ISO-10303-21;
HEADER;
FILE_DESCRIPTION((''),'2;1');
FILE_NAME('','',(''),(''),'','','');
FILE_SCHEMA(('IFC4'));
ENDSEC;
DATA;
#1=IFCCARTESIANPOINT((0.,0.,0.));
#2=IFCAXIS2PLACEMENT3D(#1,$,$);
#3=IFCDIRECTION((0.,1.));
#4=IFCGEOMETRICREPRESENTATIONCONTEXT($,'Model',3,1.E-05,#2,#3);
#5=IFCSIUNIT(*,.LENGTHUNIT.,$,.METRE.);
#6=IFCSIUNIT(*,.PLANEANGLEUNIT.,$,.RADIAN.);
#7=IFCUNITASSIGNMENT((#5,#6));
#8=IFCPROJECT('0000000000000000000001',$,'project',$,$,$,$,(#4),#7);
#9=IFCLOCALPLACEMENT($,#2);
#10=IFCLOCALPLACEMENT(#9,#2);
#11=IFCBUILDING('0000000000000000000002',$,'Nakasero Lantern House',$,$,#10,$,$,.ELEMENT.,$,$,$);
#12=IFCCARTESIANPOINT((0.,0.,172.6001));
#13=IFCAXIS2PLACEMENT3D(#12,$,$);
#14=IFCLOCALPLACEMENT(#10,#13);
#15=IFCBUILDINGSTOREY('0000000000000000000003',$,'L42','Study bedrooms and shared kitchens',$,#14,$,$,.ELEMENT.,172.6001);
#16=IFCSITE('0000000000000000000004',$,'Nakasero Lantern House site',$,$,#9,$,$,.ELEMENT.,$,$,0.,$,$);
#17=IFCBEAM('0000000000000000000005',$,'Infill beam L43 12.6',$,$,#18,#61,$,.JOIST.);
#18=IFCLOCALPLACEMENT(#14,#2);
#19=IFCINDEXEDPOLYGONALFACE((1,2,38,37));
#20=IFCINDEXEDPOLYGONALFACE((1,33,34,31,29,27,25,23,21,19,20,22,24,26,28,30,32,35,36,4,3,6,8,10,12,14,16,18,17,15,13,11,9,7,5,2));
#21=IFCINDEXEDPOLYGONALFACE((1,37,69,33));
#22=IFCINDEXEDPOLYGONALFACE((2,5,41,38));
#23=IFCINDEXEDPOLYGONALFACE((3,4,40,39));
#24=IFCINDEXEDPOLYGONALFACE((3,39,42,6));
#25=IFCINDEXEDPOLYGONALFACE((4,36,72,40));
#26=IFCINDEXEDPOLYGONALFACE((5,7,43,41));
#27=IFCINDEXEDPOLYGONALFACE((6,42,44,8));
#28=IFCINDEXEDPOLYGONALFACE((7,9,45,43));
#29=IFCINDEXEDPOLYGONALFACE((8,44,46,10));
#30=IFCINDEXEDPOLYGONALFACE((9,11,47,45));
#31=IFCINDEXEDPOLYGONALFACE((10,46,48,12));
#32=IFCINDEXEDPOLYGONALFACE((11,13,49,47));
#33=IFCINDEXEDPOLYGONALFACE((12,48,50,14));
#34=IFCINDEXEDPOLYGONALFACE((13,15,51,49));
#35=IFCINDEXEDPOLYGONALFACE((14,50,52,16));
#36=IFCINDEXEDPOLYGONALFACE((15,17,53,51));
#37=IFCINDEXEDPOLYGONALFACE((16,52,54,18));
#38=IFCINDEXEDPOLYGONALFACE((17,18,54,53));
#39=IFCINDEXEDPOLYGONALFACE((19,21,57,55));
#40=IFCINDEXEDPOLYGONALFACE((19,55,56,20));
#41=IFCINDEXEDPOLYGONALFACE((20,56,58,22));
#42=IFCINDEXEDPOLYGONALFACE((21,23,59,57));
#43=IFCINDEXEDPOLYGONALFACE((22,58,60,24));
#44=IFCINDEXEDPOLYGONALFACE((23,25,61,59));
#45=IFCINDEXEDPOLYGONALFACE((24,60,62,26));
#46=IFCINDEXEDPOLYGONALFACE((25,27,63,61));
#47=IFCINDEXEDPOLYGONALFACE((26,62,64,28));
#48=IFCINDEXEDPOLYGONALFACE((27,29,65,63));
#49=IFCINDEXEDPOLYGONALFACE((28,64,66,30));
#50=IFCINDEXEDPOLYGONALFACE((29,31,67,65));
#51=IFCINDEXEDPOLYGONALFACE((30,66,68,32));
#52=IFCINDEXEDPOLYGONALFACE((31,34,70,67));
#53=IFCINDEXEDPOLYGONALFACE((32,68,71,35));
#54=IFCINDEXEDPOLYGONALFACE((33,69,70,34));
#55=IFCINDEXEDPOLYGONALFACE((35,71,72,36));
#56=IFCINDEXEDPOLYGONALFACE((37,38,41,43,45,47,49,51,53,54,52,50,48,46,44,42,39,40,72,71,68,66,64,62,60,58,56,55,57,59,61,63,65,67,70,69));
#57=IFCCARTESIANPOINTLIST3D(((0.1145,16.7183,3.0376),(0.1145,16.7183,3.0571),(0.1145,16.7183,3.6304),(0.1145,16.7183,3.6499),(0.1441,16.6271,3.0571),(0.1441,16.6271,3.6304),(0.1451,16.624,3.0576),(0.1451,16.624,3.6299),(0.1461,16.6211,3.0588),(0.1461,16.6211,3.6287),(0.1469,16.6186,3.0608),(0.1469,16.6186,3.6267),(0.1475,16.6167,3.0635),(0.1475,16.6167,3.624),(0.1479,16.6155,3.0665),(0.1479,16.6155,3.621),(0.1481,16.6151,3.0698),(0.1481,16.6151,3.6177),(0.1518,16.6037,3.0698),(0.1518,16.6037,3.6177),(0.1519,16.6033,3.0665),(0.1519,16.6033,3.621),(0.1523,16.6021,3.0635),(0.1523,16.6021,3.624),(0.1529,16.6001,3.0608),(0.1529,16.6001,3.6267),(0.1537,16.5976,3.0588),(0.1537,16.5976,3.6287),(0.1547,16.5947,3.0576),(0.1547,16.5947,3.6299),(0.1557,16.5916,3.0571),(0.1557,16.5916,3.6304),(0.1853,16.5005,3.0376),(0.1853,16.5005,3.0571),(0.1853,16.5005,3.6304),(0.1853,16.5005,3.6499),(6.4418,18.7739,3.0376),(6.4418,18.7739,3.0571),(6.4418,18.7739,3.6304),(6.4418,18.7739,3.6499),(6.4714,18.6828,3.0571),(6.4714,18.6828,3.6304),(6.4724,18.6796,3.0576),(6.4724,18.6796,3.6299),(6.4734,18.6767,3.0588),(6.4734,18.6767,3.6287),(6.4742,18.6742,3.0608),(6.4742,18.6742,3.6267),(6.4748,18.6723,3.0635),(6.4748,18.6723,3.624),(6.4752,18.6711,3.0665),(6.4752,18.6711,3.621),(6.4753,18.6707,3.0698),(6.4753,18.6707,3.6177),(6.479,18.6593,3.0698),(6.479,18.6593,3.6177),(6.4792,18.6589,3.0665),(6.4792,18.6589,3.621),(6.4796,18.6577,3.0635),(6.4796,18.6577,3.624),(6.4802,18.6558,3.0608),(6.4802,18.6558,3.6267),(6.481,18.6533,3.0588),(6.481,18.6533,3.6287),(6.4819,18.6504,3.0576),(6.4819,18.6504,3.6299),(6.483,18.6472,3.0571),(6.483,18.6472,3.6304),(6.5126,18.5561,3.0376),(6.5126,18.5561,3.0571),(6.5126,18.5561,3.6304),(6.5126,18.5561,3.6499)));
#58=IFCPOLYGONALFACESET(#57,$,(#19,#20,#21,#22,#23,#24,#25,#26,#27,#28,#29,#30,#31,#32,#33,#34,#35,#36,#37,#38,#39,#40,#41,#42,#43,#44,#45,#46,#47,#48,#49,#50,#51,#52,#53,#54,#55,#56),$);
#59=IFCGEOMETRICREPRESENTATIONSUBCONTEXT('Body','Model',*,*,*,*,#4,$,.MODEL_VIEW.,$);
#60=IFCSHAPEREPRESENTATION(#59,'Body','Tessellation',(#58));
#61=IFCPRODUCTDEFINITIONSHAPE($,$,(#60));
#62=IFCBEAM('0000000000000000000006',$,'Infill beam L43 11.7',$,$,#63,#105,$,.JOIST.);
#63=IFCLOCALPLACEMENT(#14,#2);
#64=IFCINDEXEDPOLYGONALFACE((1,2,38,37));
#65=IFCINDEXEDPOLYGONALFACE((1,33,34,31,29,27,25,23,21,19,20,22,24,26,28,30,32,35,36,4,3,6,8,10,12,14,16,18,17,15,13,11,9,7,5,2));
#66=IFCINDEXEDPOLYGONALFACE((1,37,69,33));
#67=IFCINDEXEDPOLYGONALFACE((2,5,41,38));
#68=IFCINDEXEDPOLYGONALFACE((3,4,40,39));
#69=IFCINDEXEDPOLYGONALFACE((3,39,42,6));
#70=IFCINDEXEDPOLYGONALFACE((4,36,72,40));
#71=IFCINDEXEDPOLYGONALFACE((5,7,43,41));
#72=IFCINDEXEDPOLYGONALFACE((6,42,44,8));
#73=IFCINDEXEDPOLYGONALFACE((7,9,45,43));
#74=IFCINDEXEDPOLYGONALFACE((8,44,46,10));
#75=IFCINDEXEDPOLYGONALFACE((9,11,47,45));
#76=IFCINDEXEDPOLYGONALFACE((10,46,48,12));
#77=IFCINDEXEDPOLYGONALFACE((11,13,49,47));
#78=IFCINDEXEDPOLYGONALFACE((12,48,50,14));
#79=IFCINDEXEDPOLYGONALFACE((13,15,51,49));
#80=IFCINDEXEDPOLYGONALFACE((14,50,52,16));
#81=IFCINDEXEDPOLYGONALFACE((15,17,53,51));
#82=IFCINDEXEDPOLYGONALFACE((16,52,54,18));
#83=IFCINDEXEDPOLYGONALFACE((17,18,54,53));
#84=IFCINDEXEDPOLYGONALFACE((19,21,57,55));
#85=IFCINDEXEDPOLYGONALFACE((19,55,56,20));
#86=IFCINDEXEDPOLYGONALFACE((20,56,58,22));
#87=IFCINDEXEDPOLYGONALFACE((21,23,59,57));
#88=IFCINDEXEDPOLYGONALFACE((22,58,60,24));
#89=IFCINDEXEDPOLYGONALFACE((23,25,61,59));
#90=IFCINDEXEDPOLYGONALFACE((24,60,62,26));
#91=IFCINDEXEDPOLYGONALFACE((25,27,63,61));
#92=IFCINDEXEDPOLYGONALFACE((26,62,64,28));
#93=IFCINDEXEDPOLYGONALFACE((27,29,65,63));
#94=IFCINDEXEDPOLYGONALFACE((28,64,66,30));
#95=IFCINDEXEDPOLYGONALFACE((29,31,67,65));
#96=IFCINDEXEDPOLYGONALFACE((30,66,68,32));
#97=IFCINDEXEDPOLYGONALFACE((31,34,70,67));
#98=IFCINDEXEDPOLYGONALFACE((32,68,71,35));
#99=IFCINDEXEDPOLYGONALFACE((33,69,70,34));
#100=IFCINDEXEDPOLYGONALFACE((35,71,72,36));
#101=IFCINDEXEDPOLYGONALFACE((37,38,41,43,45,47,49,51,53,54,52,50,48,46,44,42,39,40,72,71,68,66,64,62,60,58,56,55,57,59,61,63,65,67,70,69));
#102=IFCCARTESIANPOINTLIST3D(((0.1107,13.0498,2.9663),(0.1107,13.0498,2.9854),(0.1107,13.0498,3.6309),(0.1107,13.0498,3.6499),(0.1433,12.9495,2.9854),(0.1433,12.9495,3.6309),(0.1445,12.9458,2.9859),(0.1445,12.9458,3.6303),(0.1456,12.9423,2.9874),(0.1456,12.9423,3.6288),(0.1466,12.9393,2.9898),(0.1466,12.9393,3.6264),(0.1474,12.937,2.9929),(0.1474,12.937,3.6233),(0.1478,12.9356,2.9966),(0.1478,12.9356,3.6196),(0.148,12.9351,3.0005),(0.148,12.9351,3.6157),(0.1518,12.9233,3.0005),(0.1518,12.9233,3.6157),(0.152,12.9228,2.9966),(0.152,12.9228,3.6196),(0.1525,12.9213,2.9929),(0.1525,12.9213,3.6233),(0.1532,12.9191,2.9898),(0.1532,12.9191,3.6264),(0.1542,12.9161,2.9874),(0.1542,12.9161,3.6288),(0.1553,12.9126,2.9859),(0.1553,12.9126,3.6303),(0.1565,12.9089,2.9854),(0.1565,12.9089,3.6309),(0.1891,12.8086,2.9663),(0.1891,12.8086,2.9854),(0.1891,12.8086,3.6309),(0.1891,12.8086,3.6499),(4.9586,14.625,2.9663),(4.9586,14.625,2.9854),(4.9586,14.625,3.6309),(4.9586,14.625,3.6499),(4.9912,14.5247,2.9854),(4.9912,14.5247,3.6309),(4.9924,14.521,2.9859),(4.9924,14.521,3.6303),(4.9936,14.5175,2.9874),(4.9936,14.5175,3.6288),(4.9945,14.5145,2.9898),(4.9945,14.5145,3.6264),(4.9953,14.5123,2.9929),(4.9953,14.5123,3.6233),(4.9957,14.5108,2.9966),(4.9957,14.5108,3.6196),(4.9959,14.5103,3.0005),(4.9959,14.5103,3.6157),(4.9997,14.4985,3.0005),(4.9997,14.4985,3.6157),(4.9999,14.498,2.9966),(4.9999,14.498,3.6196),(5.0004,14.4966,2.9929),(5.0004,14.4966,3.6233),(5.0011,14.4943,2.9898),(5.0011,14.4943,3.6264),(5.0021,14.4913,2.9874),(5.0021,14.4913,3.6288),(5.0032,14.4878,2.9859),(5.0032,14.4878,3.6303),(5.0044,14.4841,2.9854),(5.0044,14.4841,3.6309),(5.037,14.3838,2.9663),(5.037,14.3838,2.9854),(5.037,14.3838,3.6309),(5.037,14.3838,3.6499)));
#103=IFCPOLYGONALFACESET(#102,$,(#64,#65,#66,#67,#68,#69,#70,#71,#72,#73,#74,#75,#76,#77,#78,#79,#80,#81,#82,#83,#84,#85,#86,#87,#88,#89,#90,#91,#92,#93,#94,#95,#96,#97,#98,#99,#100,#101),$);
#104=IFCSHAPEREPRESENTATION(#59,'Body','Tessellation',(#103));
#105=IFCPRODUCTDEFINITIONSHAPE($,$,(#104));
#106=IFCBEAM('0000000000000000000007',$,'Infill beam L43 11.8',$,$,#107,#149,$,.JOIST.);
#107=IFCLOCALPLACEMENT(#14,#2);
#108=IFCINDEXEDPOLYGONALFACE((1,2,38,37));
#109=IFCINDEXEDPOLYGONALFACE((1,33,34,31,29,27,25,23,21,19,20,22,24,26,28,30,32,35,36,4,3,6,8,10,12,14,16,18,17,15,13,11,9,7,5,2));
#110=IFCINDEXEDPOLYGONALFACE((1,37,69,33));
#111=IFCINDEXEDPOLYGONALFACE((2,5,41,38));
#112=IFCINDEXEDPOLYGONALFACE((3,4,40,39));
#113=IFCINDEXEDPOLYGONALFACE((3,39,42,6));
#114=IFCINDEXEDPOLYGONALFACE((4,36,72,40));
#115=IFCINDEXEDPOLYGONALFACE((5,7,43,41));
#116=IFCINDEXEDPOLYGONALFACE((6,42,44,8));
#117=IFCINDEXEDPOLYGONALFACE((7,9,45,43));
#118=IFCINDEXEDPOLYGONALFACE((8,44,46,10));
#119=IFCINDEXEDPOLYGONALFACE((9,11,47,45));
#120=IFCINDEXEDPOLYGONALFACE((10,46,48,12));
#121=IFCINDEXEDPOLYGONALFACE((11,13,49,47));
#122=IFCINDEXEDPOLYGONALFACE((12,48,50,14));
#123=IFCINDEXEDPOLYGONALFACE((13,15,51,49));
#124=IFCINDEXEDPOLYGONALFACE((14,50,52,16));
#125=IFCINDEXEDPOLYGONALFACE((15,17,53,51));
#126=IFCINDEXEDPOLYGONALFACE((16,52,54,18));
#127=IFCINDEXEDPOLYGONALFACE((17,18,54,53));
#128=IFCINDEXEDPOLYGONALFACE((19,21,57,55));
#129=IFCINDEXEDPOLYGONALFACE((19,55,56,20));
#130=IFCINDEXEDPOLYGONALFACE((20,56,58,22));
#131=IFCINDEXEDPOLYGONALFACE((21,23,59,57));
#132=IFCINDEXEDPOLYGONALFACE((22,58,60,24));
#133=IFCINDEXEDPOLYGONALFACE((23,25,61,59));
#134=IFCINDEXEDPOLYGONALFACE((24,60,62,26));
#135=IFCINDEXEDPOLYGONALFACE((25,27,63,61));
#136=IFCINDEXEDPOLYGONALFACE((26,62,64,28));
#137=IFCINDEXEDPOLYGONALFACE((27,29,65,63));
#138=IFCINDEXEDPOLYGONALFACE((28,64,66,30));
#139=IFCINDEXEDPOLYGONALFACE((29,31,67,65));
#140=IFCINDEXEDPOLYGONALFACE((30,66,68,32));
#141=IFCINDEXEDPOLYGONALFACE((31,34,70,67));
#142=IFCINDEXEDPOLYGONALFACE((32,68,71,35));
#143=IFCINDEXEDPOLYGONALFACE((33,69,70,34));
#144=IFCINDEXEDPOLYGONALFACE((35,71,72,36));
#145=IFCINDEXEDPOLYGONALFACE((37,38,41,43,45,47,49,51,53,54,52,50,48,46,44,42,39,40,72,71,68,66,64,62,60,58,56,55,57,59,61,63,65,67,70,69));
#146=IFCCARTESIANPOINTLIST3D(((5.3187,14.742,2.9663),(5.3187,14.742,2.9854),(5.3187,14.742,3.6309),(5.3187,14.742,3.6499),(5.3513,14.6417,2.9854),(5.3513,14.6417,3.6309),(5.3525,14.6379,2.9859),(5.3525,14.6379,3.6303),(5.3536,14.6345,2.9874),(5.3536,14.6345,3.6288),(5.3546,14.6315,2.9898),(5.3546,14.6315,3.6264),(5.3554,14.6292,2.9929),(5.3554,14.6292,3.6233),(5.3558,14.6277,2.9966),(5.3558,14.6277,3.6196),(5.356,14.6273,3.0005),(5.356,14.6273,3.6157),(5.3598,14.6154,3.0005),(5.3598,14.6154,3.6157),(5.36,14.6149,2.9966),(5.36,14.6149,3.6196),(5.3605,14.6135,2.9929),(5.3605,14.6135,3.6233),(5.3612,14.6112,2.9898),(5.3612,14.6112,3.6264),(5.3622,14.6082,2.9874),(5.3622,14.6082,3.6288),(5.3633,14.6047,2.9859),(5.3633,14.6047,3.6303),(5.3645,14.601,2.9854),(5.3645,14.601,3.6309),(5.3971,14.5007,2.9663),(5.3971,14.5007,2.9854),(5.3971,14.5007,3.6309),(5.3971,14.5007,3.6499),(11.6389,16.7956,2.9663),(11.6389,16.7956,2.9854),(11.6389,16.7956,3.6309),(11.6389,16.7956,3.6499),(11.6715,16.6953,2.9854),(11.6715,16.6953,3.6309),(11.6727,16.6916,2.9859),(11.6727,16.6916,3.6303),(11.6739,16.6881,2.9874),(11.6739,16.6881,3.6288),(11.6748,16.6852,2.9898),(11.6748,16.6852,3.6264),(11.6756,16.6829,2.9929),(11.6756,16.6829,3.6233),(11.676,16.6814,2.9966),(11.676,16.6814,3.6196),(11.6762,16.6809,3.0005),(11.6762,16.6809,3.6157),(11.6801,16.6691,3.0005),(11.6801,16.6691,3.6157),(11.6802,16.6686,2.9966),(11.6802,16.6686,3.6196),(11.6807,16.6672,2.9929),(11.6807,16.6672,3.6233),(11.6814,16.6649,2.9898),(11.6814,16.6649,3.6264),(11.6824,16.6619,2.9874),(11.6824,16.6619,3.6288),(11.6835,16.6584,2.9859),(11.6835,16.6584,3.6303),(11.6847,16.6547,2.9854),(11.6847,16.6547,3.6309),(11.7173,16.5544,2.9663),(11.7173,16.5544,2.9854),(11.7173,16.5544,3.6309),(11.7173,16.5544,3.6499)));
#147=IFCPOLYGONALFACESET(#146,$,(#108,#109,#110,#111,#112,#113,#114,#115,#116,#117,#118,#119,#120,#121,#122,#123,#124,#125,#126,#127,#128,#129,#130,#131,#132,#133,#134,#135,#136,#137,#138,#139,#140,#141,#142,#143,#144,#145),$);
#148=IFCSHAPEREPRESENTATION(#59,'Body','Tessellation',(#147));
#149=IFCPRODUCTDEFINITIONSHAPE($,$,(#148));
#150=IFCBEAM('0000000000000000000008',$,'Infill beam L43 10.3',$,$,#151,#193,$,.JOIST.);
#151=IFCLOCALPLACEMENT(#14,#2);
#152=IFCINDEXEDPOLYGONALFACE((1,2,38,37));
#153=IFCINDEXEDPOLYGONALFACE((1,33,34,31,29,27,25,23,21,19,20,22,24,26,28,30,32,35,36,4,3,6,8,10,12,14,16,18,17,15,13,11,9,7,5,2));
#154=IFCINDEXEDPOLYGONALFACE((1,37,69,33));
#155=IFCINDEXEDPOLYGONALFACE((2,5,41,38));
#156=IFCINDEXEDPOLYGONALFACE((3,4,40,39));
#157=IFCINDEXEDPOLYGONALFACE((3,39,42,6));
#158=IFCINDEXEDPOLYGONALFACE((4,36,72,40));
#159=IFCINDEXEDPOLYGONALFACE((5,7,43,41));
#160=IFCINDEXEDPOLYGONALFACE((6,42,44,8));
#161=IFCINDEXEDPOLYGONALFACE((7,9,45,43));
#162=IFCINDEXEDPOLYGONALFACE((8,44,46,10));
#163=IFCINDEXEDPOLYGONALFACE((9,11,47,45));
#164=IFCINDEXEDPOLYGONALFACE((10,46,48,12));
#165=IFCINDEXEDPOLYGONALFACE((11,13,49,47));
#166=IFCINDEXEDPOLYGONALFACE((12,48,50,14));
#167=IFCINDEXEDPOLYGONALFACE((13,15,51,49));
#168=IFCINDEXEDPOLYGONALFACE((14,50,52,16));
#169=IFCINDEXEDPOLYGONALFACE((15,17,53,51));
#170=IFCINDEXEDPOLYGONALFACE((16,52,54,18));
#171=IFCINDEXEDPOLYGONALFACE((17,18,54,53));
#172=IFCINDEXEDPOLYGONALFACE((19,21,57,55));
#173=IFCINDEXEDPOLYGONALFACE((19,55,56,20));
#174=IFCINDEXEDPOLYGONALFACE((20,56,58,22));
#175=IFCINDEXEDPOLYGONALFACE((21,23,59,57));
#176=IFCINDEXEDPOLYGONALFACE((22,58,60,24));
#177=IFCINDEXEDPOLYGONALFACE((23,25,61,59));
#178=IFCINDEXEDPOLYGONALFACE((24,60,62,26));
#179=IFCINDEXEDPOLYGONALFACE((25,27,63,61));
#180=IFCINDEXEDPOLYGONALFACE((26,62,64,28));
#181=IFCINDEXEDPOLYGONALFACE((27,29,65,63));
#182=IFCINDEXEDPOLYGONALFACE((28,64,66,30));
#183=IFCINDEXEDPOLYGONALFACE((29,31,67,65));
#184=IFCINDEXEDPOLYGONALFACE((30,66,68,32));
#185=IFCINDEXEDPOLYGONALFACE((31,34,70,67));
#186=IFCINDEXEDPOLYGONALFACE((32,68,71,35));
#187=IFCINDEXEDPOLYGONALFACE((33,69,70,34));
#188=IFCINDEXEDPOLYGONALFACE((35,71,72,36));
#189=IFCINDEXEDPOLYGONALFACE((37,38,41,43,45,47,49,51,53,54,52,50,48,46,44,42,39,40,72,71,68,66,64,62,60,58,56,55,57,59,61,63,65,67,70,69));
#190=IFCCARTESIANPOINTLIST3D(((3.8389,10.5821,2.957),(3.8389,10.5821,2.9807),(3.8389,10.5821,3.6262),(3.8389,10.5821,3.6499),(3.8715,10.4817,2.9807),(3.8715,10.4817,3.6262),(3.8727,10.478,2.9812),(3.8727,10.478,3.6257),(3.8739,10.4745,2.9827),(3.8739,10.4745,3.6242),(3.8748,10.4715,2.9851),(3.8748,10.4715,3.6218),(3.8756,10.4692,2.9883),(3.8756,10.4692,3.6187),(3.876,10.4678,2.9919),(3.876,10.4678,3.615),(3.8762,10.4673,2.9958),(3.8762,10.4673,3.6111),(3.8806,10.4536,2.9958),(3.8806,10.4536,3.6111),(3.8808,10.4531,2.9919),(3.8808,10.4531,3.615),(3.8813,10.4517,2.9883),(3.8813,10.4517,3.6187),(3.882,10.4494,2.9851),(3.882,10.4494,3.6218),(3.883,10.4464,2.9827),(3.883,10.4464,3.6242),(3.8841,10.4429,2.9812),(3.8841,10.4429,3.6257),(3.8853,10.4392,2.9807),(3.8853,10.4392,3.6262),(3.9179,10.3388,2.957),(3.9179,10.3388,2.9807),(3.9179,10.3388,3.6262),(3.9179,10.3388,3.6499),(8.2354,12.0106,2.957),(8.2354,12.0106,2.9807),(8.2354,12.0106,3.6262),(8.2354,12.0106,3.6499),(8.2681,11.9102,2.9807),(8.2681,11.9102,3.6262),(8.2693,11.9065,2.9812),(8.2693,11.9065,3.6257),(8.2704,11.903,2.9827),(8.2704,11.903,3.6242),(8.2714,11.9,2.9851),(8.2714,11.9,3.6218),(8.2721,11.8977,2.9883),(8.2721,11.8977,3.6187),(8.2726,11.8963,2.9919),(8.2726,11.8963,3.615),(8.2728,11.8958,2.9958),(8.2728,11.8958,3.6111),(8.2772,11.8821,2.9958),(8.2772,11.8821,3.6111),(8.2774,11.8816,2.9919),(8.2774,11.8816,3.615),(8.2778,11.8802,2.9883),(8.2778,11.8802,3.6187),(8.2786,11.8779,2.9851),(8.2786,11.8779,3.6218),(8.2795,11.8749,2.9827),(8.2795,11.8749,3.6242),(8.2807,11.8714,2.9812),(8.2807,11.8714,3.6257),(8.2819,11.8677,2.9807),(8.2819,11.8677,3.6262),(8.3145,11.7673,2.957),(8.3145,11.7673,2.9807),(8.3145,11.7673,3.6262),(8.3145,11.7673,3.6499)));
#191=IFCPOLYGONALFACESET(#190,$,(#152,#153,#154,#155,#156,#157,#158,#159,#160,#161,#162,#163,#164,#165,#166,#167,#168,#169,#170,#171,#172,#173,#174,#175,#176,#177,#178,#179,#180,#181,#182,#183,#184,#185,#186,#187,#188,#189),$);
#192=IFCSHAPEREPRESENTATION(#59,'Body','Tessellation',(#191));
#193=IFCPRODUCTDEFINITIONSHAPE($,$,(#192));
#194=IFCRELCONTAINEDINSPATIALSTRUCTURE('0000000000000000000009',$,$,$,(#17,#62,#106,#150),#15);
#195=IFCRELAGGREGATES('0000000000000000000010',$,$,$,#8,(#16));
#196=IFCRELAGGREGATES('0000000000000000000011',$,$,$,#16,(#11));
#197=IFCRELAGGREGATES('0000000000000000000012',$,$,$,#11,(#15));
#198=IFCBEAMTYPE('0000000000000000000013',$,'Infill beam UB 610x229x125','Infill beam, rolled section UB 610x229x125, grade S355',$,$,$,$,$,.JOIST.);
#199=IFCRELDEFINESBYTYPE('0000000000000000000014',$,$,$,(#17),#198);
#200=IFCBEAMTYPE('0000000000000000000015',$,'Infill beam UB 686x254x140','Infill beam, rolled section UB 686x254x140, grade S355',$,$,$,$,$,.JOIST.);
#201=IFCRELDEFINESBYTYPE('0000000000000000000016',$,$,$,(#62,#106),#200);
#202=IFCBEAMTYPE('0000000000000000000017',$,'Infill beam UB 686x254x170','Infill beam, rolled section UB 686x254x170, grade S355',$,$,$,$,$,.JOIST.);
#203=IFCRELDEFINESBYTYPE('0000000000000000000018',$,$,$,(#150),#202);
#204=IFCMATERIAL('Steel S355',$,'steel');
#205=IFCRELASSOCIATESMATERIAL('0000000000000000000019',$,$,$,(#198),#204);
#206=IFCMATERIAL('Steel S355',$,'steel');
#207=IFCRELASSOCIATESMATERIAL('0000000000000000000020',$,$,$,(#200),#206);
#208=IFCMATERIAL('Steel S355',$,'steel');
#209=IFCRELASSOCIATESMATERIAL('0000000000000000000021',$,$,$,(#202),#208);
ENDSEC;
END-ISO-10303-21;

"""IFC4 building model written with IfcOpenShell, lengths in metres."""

from ifc_helpers import new_model, si_unit, direction, frame, origin, origin_2d, place, context, subcontext, project, spatial, i_section, extrude, material, material_profile, profile_set, type_object, element, save


model = new_model("IFC4")

# Units and contexts
model_context = context("Model", 3, precision=1e-05, world=origin(), true_north=direction((0.0, 1.0)))
body_context = subcontext(model_context, "Body", "Model", "MODEL_VIEW")
ifc_project = project(units=[si_unit("LENGTHUNIT", "METRE"), si_unit("PLANEANGLEUNIT", "RADIAN")], contexts=[model_context])

# Site, building, storey
site_placement = place(None, origin())
site = spatial("IfcSite", under=ifc_project, at=site_placement, Name="Nakasero Lantern House site", CompositionType="ELEMENT", RefElevation=0.0)
building_placement = place(site_placement, origin())
building = spatial("IfcBuilding", under=site, at=building_placement, Name="Nakasero Lantern House", CompositionType="ELEMENT")
storey_placement = place(building_placement, frame((0.0, 0.0, 172.6001)))
storey = spatial("IfcBuildingStorey", under=building, at=storey_placement, Name="L42", Description="Study bedrooms and shared kitchens", CompositionType="ELEMENT", Elevation=172.6001)

# Beams
ifc_material_1 = material(Name="Steel S355", Category="steel")
ifc_material_profile_1 = material_profile(ifc_material_1, i_section(OverallWidth=0.229, OverallDepth=0.6123, WebThickness=0.012, FlangeThickness=0.0195, FilletRadius=0.0127, at=origin_2d()), Name="UB 610x229x125")
ifc_profile_set_1 = profile_set([ifc_material_profile_1], Name="Steel S355")
beam_type_1 = type_object("IfcBeamType", Name="Infill beam UB 610x229x125", Description="Infill beam, rolled section UB 610x229x125, grade S355", PredefinedType="JOIST", material=ifc_profile_set_1)
beam_1_placement = place(storey_placement, frame((0.1499, 16.6094, 3.3438), z_axis=(0.951067, 0.308986, 0.0), x_axis=(-0.308986, 0.951067, 0.0)))
element("IfcBeam", 1, at=beam_1_placement, inside=storey, type_object=beam_type_1, Name="Infill beam L43 12.6", PredefinedType="JOIST", context=body_context, shape_type="SweptSolid", body=[
    extrude(i_section(OverallWidth=0.229, OverallDepth=0.6123, WebThickness=0.012, FlangeThickness=0.0195, FilletRadius=0.0127, at=origin_2d()), origin(), (0.0, 0.0, 1.0), 6.6528),
])
ifc_material_2 = material(Name="Steel S355", Category="steel")
ifc_material_profile_2 = material_profile(ifc_material_2, i_section(OverallWidth=0.2537, OverallDepth=0.6836, WebThickness=0.0125, FlangeThickness=0.019, FilletRadius=0.0151, at=origin_2d()), Name="UB 686x254x140")
ifc_profile_set_2 = profile_set([ifc_material_profile_2], Name="Steel S355")
beam_type_2 = type_object("IfcBeamType", Name="Infill beam UB 686x254x140", Description="Infill beam, rolled section UB 686x254x140, grade S355", PredefinedType="JOIST", material=ifc_profile_set_2)
beam_2_placement = place(storey_placement, frame((0.1499, 12.9292, 3.3081), z_axis=(0.951056, 0.30902, 0.0), x_axis=(-0.30902, 0.951056, 0.0)))
element("IfcBeam", 2, at=beam_2_placement, inside=storey, type_object=beam_type_2, Name="Infill beam L43 11.7", PredefinedType="JOIST", context=body_context, shape_type="SweptSolid", body=[
    extrude(i_section(OverallWidth=0.2537, OverallDepth=0.6836, WebThickness=0.0125, FlangeThickness=0.019, FilletRadius=0.0151, at=origin_2d()), origin(), (0.0, 0.0, 1.0), 5.0974),
])
beam_3_placement = place(storey_placement, frame((5.3579, 14.6213, 3.3081), z_axis=(0.951051, 0.309033, 0.0), x_axis=(-0.309033, 0.951051, 0.0)))
element("IfcBeam", 3, at=beam_3_placement, inside=storey, type_object=beam_type_2, Name="Infill beam L43 11.8", PredefinedType="JOIST", context=body_context, shape_type="SweptSolid", body=[
    extrude(i_section(OverallWidth=0.2537, OverallDepth=0.6836, WebThickness=0.0125, FlangeThickness=0.019, FilletRadius=0.0151, at=origin_2d()), origin(), (0.0, 0.0, 1.0), 6.6455),
])
ifc_material_3 = material(Name="Steel S355", Category="steel")
ifc_material_profile_3 = material_profile(ifc_material_3, i_section(OverallWidth=0.2559, OverallDepth=0.6929, WebThickness=0.0144, FlangeThickness=0.0237, FilletRadius=0.0151, at=origin_2d()), Name="UB 686x254x170")
ifc_profile_set_3 = profile_set([ifc_material_profile_3], Name="Steel S355")
beam_type_3 = type_object("IfcBeamType", Name="Infill beam UB 686x254x170", Description="Infill beam, rolled section UB 686x254x170, grade S355", PredefinedType="JOIST", material=ifc_profile_set_3)
beam_4_placement = place(storey_placement, frame((3.8784, 10.4604, 3.3035), z_axis=(0.951059, 0.30901, 0.0), x_axis=(-0.30901, 0.951059, 0.0)))
element("IfcBeam", 4, at=beam_4_placement, inside=storey, type_object=beam_type_3, Name="Infill beam L43 10.3", PredefinedType="JOIST", context=body_context, shape_type="SweptSolid", body=[
    extrude(i_section(OverallWidth=0.2559, OverallDepth=0.6929, WebThickness=0.0144, FlangeThickness=0.0237, FilletRadius=0.0151, at=origin_2d()), origin(), (0.0, 0.0, 1.0), 4.6228),
])

save(model, "model.ifc")
